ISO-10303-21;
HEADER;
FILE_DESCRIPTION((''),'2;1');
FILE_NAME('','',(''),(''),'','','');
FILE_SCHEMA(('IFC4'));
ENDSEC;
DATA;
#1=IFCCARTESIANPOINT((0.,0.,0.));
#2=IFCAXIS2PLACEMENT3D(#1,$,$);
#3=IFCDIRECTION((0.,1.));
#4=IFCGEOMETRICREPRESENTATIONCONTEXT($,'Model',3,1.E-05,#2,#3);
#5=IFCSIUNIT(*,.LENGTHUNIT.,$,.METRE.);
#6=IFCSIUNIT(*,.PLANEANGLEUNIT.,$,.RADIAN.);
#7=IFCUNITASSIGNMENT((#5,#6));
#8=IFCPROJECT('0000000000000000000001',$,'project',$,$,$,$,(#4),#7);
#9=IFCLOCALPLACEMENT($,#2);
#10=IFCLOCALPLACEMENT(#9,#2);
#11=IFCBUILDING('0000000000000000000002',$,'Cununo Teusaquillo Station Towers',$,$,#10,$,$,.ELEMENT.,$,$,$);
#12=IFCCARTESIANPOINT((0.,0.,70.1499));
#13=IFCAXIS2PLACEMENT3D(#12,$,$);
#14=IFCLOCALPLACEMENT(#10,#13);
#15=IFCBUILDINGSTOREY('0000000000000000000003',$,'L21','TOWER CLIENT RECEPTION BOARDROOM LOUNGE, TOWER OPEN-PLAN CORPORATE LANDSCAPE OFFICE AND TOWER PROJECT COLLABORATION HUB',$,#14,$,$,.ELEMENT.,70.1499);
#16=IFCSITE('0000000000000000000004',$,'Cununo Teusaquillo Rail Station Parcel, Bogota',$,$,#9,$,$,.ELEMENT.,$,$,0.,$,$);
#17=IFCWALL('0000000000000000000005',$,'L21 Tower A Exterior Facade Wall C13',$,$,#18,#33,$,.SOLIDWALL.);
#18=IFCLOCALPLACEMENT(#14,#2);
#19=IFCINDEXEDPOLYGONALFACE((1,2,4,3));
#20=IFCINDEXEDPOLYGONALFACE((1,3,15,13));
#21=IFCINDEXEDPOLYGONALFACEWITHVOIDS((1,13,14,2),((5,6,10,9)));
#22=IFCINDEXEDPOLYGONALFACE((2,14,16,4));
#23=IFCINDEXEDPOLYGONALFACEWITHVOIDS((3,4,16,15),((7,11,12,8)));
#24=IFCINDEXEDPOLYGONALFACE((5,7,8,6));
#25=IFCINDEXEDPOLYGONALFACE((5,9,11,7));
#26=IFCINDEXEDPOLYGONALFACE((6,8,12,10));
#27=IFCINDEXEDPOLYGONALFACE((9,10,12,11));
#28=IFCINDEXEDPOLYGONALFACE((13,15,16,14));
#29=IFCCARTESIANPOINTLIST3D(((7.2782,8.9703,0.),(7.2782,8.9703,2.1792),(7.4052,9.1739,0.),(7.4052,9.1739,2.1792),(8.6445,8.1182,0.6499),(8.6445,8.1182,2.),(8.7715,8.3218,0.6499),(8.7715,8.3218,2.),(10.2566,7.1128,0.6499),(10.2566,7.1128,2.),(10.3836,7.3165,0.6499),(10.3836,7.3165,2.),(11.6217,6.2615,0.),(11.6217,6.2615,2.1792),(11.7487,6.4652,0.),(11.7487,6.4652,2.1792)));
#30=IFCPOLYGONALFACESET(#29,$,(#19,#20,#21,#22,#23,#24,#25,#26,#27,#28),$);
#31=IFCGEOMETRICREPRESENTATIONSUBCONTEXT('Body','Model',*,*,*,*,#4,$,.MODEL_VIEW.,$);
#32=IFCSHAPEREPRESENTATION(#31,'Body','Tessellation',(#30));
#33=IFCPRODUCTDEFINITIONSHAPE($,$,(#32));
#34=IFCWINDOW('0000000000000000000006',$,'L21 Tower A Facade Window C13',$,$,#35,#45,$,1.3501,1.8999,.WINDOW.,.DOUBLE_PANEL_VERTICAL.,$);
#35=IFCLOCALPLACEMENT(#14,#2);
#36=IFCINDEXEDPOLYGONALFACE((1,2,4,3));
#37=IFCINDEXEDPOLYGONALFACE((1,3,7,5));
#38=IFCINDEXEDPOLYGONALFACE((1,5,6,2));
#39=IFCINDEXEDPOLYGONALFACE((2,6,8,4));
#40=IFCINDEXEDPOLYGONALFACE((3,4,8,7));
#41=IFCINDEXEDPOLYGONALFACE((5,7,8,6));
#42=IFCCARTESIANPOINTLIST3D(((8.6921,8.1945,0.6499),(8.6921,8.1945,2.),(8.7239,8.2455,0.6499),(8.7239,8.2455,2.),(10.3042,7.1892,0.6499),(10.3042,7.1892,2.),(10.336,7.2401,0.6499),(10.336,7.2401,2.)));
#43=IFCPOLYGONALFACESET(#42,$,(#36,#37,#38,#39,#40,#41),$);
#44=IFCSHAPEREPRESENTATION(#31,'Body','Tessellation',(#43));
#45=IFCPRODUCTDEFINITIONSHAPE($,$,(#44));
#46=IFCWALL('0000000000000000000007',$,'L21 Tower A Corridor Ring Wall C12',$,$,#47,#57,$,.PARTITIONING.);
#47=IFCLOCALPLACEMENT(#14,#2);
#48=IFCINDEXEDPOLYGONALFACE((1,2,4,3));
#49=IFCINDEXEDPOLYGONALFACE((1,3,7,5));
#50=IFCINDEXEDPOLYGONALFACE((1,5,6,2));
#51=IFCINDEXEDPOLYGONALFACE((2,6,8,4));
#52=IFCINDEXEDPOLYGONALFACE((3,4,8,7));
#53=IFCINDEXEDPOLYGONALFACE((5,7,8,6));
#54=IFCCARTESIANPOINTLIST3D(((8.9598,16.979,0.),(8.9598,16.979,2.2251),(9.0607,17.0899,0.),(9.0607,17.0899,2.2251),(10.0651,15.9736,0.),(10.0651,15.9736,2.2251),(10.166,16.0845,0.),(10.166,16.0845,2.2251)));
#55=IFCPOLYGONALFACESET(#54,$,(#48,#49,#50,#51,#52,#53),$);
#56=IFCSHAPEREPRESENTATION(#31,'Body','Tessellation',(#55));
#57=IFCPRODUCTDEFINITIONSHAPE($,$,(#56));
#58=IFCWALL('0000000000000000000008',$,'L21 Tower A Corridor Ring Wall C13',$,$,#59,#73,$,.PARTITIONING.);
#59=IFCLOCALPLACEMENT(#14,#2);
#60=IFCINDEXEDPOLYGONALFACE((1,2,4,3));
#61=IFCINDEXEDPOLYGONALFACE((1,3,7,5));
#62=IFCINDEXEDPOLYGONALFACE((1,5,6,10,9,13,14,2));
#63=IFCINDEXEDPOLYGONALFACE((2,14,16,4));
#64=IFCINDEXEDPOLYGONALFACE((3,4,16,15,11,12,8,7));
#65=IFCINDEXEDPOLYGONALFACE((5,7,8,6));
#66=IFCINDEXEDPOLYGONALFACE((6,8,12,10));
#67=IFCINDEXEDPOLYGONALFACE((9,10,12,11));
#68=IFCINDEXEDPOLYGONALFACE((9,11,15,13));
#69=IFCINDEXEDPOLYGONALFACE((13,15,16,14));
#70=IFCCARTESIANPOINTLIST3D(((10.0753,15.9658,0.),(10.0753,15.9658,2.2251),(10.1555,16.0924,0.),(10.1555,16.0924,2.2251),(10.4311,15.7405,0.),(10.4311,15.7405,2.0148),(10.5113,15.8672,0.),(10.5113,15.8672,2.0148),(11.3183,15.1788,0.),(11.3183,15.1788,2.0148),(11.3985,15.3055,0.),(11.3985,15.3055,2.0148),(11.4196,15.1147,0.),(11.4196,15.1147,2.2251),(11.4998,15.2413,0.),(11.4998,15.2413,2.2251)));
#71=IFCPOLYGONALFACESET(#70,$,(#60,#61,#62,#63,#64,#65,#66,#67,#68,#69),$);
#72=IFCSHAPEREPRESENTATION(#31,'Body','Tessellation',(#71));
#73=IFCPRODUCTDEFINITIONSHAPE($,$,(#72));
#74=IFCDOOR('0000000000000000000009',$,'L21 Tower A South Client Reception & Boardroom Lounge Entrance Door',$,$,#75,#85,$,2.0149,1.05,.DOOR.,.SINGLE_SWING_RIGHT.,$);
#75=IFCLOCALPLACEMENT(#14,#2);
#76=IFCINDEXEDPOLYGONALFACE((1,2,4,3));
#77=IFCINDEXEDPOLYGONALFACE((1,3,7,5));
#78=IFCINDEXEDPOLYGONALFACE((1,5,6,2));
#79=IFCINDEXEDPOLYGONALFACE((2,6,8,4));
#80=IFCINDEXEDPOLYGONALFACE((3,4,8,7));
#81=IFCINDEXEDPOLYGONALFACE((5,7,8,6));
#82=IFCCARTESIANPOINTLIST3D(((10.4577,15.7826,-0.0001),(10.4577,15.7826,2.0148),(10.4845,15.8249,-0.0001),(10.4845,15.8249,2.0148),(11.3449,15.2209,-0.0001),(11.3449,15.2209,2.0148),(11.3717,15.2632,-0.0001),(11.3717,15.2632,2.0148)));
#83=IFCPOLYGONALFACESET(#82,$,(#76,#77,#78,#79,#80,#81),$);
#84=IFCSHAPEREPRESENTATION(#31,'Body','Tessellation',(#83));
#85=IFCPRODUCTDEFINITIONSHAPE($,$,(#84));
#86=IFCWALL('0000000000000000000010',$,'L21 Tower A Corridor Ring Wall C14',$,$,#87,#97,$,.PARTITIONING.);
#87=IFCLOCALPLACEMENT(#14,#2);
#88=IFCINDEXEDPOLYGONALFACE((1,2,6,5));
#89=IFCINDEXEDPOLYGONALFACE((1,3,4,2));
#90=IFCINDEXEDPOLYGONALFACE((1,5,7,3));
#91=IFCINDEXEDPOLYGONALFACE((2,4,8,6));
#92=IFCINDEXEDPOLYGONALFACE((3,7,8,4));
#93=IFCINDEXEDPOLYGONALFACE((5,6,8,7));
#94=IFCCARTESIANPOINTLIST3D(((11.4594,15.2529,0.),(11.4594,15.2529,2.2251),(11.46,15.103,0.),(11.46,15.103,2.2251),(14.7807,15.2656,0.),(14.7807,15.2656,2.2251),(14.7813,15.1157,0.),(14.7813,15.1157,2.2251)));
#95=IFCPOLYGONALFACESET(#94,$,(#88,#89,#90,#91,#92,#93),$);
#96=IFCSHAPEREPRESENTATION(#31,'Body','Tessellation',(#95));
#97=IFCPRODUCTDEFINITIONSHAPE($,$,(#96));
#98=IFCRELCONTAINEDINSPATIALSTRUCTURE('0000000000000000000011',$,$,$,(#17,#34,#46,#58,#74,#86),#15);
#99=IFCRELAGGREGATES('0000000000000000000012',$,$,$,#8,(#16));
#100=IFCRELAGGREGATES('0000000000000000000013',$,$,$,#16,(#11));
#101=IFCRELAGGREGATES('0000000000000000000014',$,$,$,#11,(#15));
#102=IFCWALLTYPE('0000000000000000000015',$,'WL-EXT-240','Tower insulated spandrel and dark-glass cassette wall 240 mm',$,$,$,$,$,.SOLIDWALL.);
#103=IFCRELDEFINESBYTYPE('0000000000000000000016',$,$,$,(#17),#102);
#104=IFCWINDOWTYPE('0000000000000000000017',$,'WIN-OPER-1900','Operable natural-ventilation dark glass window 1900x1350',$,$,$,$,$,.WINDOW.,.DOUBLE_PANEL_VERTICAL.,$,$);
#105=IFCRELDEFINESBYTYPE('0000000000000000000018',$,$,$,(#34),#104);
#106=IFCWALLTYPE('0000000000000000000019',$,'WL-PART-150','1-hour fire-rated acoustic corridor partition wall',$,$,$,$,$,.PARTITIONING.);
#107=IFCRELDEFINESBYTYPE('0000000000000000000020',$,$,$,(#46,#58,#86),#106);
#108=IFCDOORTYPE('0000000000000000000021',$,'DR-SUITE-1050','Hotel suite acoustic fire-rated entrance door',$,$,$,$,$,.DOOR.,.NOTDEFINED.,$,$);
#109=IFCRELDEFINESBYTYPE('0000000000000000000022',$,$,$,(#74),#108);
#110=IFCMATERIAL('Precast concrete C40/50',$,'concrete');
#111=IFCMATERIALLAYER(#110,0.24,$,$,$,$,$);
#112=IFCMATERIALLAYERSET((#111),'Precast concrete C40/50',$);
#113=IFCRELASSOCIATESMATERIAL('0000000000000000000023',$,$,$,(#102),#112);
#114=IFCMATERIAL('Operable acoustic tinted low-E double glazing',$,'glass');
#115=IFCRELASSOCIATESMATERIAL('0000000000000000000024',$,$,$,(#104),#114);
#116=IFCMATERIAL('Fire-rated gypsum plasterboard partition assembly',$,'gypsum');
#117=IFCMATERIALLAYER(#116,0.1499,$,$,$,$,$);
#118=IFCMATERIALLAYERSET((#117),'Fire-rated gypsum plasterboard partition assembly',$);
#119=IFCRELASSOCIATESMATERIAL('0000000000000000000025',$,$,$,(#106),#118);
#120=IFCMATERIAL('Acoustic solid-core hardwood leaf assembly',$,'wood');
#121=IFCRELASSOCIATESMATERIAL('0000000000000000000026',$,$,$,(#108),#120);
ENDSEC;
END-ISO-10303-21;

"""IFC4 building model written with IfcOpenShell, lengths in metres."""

from ifc_helpers import new_model, si_unit, direction, frame, frame_2d, origin, place, context, subcontext, project, spatial, rectangle, extrude, source, transform, mapped, material, layer, layer_set, type_object, element, fill, save


model = new_model("IFC4")

# Units and contexts
model_context = context("Model", 3, precision=1e-05, world=origin(), true_north=direction((0.0, 1.0)))
body_context = subcontext(model_context, "Body", "Model", "MODEL_VIEW")
ifc_project = project(units=[si_unit("LENGTHUNIT", "METRE"), si_unit("PLANEANGLEUNIT", "RADIAN")], contexts=[model_context])

# Site, building, storey
site_placement = place(None, origin())
site = spatial("IfcSite", under=ifc_project, at=site_placement, Name="Cununo Teusaquillo Rail Station Parcel, Bogota", CompositionType="ELEMENT", RefElevation=0.0)
building_placement = place(site_placement, origin())
building = spatial("IfcBuilding", under=site, at=building_placement, Name="Cununo Teusaquillo Station Towers", CompositionType="ELEMENT")
storey_placement = place(building_placement, frame((0.0, 0.0, 70.1499)))
storey = spatial("IfcBuildingStorey", under=building, at=storey_placement, Name="L21", Description="TOWER CLIENT RECEPTION BOARDROOM LOUNGE, TOWER OPEN-PLAN CORPORATE LANDSCAPE OFFICE AND TOWER PROJECT COLLABORATION HUB", CompositionType="ELEMENT", Elevation=70.1499)

# Shared definitions
ifc_material_1 = material(Name="Precast concrete C40/50", Category="concrete")
ifc_layer_1 = layer(ifc_material_1, 0.24)
ifc_layer_set_1 = layer_set([ifc_layer_1], Name="Precast concrete C40/50")
wall_type_1 = type_object("IfcWallType", Name="WL-EXT-240", Description="Tower insulated spandrel and dark-glass cassette wall 240 mm", PredefinedType="SOLIDWALL", material=ifc_layer_set_1)
shared_shape_1 = source(origin(), body_context, "Body", "SweptSolid", [
    extrude(rectangle(XDim=1.8999, YDim=1.3501, at=frame_2d((0.95, 0.675))), frame((0.0, 0.1299, 0.0), z_axis=(0.0, -1.0, 0.0), x_axis=(1.0, 0.0, 0.0)), (0.0, 0.0, 1.0), 0.26),
])
ifc_material_2 = material(Name="Operable acoustic tinted low-E double glazing", Category="glass")
window_type = type_object("IfcWindowType", Name="WIN-OPER-1900", Description="Operable natural-ventilation dark glass window 1900x1350", PartitioningType="DOUBLE_PANEL_VERTICAL", PredefinedType="WINDOW", material=ifc_material_2)
shared_shape_2 = source(origin(), body_context, "Body", "SweptSolid", [
    extrude(rectangle(XDim=1.8999, YDim=1.3501, at=frame_2d((0.95, 0.675))), frame((0.0, 0.03, 0.0), z_axis=(0.0, -1.0, 0.0), x_axis=(1.0, 0.0, 0.0)), (0.0, 0.0, 1.0), 0.0601),
])

# Wall, opening, window
wall_1_placement = place(storey_placement, frame((11.6853, 6.3633, 0.0), z_axis=(0.0, 0.0, 1.0), x_axis=(-0.84852, 0.529163, 0.0)))
wall_1 = element("IfcWall", 1, at=wall_1_placement, inside=storey, type_object=wall_type_1, Name="L21 Tower A Exterior Facade Wall C13", PredefinedType="SOLIDWALL", context=body_context, shape_type="SweptSolid", body=[
    extrude(rectangle(XDim=5.1189, YDim=0.24, at=frame_2d((2.5596, 0.0))), origin(), (0.0, 0.0, 1.0), 2.1792),
])
opening_1_placement = place(wall_1_placement, frame((1.6089, 0.0, 0.6499)))
opening_1 = element("IfcOpeningElement", 2, at=opening_1_placement, cuts=wall_1, PredefinedType="OPENING", context=body_context, shape_type="MappedRepresentation", body=[
    mapped(shared_shape_1, transform((0.0, 0.0, 0.0), x_axis=(1.0, 0.0, 0.0), y_axis=(0.0, 1.0, 0.0), z_axis=(0.0, 0.0, 1.0), scale=1.0)),
])
window_1_placement = place(opening_1_placement, origin())
window_1 = element("IfcWindow", 3, at=window_1_placement, inside=storey, type_object=window_type, Name="L21 Tower A Facade Window C13", OverallHeight=1.3501, OverallWidth=1.8999, PartitioningType="DOUBLE_PANEL_VERTICAL", PredefinedType="WINDOW", context=body_context, shape_type="MappedRepresentation", body=[
    mapped(shared_shape_2, transform((0.0, 0.0, 0.0), x_axis=(1.0, 0.0, 0.0), y_axis=(0.0, 1.0, 0.0), z_axis=(0.0, 0.0, 1.0), scale=1.0)),
])
fill(opening_1, window_1)

# Wall
ifc_material_3 = material(Name="Fire-rated gypsum plasterboard partition assembly", Category="gypsum")
ifc_layer_2 = layer(ifc_material_3, 0.1499)
ifc_layer_set_2 = layer_set([ifc_layer_2], Name="Fire-rated gypsum plasterboard partition assembly")
wall_type_2 = type_object("IfcWallType", Name="WL-PART-150", Description="1-hour fire-rated acoustic corridor partition wall", PredefinedType="PARTITIONING", material=ifc_layer_set_2)
wall_2_placement = place(storey_placement, frame((9.0103, 17.0344, 0.0), z_axis=(0.0, 0.0, 1.0), x_axis=(0.739733, -0.6729, 0.0)))
element("IfcWall", 4, at=wall_2_placement, inside=storey, type_object=wall_type_2, Name="L21 Tower A Corridor Ring Wall C12", PredefinedType="PARTITIONING", context=body_context, shape_type="SweptSolid", body=[
    extrude(rectangle(XDim=1.4941, YDim=0.1499, at=frame_2d((0.7471, 0.0))), origin(), (0.0, 0.0, 1.0), 2.2251),
])

# Wall, opening, door
wall_3_placement = place(storey_placement, frame((10.1155, 16.0291, 0.0), z_axis=(0.0, 0.0, 1.0), x_axis=(0.844898, -0.534928, 0.0)))
wall_3 = element("IfcWall", 5, at=wall_3_placement, inside=storey, type_object=wall_type_2, Name="L21 Tower A Corridor Ring Wall C13", PredefinedType="PARTITIONING", context=body_context, shape_type="SweptSolid", body=[
    extrude(rectangle(XDim=1.5911, YDim=0.1499, at=frame_2d((0.7954, 0.0))), origin(), (0.0, 0.0, 1.0), 2.2251),
])
shared_shape_3 = source(origin(), body_context, "Body", "SweptSolid", [
    extrude(rectangle(XDim=1.05, YDim=2.0149, at=frame_2d((0.5249, 1.0073))), frame((0.0, 0.085, 0.0), z_axis=(0.0, -1.0, 0.0), x_axis=(1.0, 0.0, 0.0)), (0.0, 0.0, 1.0), 0.1699),
])
opening_2_placement = place(wall_3_placement, frame((0.4211, 0.0, 0.0)))
opening_2 = element("IfcOpeningElement", 6, at=opening_2_placement, cuts=wall_3, PredefinedType="OPENING", context=body_context, shape_type="MappedRepresentation", body=[
    mapped(shared_shape_3, transform((0.0, 0.0, 0.0), x_axis=(1.0, 0.0, 0.0), y_axis=(0.0, 1.0, 0.0), z_axis=(0.0, 0.0, 1.0), scale=1.0)),
])
ifc_material_4 = material(Name="Acoustic solid-core hardwood leaf assembly", Category="wood")
door_type = type_object("IfcDoorType", Name="DR-SUITE-1050", Description="Hotel suite acoustic fire-rated entrance door", OperationType="NOTDEFINED", PredefinedType="DOOR", material=ifc_material_4)
shared_shape_4 = source(origin(), body_context, "Body", "SweptSolid", [
    extrude(rectangle(XDim=1.05, YDim=2.0149, at=frame_2d((0.5249, 1.0073))), frame((0.0, 0.0249, 0.0), z_axis=(0.0, -1.0, 0.0), x_axis=(1.0, 0.0, 0.0)), (0.0, 0.0, 1.0), 0.05),
])
door_placement = place(opening_2_placement, origin())
door = element("IfcDoor", 7, at=door_placement, inside=storey, type_object=door_type, Name="L21 Tower A South Client Reception & Boardroom Lounge Entrance Door", OperationType="SINGLE_SWING_RIGHT", OverallHeight=2.0149, OverallWidth=1.05, PredefinedType="DOOR", context=body_context, shape_type="MappedRepresentation", body=[
    mapped(shared_shape_4, transform((0.0, 0.0, 0.0), x_axis=(1.0, 0.0, 0.0), y_axis=(0.0, 1.0, 0.0), z_axis=(0.0, 0.0, 1.0), scale=1.0)),
])
fill(opening_2, door)

# Wall
wall_4_placement = place(storey_placement, frame((11.4597, 15.178, 0.0), z_axis=(0.0, 0.0, 1.0), x_axis=(0.999993, 0.003822, 0.0)))
element("IfcWall", 8, at=wall_4_placement, inside=storey, type_object=wall_type_2, Name="L21 Tower A Corridor Ring Wall C14", PredefinedType="PARTITIONING", context=body_context, shape_type="SweptSolid", body=[
    extrude(rectangle(XDim=3.3213, YDim=0.1499, at=frame_2d((1.6606, 0.0))), origin(), (0.0, 0.0, 1.0), 2.2251),
])

save(model, "model.ifc")
